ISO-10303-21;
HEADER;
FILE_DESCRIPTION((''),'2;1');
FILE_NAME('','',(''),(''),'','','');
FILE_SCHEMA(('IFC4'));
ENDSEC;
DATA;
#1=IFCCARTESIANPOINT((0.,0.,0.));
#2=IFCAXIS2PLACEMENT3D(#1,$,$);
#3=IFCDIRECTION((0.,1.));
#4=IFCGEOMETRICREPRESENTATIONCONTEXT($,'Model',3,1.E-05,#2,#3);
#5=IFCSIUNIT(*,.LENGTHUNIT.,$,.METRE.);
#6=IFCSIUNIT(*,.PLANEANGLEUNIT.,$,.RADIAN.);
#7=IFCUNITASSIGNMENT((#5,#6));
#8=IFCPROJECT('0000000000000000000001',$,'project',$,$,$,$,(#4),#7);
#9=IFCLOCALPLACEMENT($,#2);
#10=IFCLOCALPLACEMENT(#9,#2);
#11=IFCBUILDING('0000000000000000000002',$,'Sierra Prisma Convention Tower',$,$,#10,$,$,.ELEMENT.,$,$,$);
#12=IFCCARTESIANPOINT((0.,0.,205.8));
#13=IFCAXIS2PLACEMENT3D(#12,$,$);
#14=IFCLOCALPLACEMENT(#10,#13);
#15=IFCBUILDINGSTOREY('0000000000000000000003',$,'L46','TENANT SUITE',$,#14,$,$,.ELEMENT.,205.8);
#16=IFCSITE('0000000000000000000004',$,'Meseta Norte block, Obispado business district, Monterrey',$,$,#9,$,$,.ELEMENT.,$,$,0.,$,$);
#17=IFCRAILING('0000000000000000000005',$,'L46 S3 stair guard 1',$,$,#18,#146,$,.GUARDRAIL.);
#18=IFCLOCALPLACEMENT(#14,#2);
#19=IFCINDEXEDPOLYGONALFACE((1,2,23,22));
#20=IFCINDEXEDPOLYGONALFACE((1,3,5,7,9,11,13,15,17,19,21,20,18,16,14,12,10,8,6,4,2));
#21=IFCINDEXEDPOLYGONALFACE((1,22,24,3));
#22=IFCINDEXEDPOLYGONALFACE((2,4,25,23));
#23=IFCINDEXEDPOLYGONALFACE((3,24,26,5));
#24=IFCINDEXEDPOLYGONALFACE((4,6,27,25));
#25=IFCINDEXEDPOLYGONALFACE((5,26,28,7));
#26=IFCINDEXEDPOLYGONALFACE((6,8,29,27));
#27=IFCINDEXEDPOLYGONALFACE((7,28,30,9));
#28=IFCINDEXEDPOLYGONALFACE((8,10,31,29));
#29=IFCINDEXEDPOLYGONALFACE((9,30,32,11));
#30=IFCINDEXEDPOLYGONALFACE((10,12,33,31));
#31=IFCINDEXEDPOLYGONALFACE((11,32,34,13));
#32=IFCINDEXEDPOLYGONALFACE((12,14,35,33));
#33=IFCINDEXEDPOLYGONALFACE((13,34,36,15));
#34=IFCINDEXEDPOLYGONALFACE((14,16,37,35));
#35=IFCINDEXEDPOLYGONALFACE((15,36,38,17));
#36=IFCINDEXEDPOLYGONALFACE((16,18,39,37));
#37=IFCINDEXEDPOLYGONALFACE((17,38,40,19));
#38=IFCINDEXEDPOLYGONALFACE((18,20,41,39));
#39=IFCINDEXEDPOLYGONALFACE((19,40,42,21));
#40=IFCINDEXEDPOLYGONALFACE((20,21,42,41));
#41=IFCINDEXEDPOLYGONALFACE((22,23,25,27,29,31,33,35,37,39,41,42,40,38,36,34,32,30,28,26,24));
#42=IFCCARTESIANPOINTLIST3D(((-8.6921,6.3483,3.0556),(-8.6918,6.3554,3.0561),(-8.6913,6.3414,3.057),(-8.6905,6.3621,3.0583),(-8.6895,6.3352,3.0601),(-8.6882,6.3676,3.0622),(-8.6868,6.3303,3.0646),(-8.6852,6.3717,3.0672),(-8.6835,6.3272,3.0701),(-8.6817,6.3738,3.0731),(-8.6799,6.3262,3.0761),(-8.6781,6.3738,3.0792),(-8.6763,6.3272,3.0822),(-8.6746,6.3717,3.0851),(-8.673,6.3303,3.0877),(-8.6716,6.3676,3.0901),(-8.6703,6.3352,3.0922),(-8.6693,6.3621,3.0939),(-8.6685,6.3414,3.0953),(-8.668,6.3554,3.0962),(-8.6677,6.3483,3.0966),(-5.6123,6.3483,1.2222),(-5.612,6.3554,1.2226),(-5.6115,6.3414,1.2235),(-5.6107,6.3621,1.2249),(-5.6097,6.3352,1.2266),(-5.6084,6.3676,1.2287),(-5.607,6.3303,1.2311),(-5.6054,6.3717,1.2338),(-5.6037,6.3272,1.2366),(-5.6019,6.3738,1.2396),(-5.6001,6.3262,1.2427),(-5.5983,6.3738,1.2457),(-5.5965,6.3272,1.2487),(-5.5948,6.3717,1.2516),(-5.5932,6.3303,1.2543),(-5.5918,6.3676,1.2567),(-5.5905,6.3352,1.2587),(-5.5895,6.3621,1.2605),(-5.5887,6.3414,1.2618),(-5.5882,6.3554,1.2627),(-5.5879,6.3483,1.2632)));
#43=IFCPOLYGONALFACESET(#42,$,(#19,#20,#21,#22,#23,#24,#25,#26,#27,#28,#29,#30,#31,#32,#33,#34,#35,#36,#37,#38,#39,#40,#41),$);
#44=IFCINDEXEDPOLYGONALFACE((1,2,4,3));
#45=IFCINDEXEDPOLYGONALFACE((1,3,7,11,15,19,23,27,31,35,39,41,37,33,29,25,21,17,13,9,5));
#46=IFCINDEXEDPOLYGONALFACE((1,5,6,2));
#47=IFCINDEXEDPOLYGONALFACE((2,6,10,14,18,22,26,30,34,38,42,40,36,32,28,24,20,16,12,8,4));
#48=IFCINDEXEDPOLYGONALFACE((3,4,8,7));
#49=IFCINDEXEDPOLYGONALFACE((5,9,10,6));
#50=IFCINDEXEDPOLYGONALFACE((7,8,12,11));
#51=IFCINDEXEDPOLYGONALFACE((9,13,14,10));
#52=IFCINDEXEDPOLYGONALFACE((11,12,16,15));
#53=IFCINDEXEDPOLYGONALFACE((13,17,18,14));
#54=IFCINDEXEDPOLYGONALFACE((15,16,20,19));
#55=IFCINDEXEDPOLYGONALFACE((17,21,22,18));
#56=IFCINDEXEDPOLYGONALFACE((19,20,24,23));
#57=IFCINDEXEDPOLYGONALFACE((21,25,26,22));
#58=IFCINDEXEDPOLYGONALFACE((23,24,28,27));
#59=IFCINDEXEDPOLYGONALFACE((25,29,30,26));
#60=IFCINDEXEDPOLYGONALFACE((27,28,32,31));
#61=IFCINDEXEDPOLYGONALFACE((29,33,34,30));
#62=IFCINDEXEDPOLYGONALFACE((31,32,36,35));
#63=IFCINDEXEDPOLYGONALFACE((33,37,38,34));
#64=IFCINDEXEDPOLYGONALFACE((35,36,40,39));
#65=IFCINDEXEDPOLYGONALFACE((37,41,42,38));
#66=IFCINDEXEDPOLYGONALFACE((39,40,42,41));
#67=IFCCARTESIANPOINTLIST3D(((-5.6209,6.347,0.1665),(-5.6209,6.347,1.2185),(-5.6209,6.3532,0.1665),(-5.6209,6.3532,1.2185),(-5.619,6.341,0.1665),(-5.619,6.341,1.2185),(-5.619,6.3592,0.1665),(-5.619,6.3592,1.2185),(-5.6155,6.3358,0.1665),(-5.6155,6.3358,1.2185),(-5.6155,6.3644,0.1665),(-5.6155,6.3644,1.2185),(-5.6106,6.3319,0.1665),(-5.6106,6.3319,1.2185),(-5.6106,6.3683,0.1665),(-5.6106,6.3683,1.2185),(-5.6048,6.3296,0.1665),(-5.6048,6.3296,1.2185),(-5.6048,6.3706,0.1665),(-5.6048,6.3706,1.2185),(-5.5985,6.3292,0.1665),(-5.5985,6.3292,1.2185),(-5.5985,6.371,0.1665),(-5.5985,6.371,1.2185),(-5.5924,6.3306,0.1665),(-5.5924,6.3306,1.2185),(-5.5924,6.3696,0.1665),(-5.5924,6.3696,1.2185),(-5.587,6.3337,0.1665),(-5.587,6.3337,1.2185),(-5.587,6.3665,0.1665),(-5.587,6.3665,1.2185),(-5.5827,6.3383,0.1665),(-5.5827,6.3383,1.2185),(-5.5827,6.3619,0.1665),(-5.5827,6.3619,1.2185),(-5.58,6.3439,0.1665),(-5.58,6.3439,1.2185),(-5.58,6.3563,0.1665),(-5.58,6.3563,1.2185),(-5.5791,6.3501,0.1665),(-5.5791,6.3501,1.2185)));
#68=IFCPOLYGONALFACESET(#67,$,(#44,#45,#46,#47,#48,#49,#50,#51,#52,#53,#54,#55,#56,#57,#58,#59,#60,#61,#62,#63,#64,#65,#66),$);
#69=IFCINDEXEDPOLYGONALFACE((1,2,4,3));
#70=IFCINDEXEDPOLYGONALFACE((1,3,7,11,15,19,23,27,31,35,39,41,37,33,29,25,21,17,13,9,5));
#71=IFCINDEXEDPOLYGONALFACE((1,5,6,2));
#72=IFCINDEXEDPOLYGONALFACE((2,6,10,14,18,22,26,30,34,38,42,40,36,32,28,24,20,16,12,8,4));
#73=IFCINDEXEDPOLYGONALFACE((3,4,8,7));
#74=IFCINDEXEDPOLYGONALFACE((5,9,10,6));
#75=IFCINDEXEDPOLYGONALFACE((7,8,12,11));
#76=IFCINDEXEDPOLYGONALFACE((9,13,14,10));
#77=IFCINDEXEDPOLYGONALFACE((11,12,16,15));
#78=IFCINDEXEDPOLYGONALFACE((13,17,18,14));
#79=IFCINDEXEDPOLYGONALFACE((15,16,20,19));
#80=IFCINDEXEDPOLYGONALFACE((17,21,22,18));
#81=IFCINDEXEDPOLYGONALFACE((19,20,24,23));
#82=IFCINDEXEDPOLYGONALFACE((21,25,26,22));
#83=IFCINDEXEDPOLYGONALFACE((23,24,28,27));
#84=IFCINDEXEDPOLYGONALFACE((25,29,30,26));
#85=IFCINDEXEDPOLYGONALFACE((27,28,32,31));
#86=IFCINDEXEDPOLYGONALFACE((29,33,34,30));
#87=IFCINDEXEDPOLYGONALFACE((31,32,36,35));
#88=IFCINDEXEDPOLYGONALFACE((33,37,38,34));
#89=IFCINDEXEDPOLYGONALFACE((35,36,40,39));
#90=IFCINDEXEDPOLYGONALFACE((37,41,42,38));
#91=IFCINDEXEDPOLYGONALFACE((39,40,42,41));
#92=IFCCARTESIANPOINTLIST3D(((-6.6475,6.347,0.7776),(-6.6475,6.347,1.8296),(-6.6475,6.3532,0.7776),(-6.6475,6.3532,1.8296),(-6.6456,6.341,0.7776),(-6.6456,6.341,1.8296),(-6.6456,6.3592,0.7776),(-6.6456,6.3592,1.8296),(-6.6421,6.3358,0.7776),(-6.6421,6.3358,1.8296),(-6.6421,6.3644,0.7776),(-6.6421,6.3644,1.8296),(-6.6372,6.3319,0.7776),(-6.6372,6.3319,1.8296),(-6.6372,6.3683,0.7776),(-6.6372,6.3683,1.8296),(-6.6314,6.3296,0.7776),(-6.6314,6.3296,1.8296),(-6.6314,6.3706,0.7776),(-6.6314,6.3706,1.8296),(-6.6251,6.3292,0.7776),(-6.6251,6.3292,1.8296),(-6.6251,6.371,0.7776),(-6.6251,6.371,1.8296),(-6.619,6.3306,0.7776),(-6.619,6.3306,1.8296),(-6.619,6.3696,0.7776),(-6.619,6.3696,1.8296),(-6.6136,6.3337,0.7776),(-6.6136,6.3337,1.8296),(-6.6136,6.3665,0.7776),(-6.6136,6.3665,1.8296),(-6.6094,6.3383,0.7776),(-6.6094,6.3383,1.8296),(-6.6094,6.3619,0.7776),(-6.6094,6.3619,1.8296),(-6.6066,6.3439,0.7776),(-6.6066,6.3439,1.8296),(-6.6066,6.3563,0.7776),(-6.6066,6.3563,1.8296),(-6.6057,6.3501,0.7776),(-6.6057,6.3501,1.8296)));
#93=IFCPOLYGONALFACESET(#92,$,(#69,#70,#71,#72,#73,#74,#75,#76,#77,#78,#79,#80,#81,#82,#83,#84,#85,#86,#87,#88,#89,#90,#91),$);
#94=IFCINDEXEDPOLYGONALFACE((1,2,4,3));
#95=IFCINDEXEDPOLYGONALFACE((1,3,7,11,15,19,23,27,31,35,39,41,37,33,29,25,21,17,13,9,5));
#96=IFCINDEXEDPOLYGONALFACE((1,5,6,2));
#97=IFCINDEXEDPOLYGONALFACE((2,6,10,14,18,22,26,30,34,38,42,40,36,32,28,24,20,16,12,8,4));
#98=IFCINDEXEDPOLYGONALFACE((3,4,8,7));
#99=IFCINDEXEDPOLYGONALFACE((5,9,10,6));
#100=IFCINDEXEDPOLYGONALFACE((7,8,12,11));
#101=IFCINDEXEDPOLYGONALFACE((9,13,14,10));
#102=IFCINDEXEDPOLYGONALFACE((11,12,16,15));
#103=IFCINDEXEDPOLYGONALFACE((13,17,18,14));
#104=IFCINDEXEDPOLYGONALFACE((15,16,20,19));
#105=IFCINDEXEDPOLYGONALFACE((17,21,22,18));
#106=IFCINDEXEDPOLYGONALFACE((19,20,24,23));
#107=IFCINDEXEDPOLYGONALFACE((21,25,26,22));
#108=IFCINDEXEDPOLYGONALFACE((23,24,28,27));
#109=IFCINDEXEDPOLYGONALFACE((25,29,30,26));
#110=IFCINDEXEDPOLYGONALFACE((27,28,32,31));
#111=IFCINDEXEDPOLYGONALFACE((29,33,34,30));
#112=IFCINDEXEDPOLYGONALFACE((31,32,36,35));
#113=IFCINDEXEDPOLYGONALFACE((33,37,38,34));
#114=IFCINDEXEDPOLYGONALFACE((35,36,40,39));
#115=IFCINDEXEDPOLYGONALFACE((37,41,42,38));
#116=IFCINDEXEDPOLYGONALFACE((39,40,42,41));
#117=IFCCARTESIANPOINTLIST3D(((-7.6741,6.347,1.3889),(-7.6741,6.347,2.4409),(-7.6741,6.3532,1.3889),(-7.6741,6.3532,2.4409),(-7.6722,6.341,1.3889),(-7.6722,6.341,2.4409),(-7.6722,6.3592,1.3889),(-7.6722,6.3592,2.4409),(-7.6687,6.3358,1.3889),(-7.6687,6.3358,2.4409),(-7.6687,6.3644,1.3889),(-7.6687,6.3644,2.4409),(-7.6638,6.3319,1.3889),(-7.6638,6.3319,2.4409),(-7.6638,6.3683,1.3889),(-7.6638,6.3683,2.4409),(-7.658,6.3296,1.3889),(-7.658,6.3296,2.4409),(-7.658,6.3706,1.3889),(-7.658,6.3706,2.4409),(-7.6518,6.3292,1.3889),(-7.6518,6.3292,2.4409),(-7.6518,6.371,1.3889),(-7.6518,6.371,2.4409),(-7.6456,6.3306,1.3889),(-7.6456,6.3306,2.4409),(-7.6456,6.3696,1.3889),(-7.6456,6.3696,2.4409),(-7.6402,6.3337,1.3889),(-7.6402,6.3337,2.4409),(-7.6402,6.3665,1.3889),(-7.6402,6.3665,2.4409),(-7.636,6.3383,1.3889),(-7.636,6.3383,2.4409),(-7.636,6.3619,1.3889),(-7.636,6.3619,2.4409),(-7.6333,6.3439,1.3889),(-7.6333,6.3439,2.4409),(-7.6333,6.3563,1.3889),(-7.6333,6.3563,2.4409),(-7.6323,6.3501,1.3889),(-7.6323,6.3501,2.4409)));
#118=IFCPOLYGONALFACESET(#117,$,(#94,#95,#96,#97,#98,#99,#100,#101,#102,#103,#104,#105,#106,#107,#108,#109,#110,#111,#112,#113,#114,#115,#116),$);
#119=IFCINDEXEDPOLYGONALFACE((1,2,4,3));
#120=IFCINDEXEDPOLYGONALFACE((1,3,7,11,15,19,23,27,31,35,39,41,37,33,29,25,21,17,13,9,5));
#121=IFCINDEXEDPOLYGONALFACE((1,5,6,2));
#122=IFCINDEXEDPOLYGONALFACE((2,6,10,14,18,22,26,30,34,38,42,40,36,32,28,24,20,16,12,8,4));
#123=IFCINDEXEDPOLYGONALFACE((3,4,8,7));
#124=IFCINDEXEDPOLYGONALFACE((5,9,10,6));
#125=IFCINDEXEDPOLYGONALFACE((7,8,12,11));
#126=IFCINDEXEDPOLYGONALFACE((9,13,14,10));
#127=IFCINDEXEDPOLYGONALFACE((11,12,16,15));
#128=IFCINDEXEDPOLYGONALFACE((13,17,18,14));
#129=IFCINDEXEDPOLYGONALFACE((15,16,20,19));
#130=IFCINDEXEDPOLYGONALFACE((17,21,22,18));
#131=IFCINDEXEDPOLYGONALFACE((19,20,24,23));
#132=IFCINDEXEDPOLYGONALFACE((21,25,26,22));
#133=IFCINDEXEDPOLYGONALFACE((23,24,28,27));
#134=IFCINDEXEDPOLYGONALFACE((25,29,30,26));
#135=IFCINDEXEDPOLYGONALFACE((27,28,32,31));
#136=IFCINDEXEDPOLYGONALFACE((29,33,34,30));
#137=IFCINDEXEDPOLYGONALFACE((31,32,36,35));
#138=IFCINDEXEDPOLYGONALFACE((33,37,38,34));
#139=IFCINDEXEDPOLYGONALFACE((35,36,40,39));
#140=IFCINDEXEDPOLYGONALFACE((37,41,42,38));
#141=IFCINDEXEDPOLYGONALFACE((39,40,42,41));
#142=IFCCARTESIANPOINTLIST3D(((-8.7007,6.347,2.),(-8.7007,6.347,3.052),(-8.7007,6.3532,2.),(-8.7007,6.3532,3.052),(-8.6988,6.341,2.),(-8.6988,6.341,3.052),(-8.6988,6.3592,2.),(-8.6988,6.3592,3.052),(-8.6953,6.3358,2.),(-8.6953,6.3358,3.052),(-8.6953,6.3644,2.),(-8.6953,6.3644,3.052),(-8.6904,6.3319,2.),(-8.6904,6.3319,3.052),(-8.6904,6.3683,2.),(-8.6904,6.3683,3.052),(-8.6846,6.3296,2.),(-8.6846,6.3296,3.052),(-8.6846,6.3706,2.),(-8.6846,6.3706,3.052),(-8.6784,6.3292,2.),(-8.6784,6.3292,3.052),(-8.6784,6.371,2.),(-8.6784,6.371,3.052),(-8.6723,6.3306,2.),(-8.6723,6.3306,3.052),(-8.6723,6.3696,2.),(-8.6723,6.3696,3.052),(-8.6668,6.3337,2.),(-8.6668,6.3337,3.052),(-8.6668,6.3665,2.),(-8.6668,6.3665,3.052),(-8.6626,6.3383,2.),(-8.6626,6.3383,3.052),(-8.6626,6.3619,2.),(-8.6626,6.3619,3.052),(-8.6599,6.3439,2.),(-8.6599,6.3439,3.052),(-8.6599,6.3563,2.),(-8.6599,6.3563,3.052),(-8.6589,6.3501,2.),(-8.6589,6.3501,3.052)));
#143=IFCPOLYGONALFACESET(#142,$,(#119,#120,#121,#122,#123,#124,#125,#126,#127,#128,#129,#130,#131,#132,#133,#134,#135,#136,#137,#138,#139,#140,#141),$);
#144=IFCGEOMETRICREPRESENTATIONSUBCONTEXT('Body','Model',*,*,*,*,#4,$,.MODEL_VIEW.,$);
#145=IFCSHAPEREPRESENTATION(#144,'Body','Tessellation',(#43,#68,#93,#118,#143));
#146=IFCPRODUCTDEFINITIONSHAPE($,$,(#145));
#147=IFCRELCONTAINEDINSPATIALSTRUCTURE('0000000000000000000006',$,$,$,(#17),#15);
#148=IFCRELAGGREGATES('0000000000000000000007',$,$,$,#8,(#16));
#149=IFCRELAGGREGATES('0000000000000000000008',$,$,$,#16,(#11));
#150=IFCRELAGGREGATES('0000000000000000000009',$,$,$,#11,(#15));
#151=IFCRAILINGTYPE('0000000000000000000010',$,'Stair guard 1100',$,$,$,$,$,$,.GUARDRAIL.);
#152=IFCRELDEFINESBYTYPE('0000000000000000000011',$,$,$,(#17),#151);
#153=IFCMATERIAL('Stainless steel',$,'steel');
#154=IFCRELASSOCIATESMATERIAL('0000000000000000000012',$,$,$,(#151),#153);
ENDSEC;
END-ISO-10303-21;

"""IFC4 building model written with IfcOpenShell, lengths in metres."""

from ifc_helpers import new_model, si_unit, direction, frame, origin, origin_2d, place, context, subcontext, project, spatial, circle, extrude, material, type_object, element, save


model = new_model("IFC4")

# Units and contexts
model_context = context("Model", 3, precision=1e-05, world=origin(), true_north=direction((0.0, 1.0)))
body_context = subcontext(model_context, "Body", "Model", "MODEL_VIEW")
ifc_project = project(units=[si_unit("LENGTHUNIT", "METRE"), si_unit("PLANEANGLEUNIT", "RADIAN")], contexts=[model_context])

# Site, building, storey
site_placement = place(None, origin())
site = spatial("IfcSite", under=ifc_project, at=site_placement, Name="Meseta Norte block, Obispado business district, Monterrey", CompositionType="ELEMENT", RefElevation=0.0)
building_placement = place(site_placement, origin())
building = spatial("IfcBuilding", under=site, at=building_placement, Name="Sierra Prisma Convention Tower", CompositionType="ELEMENT")
storey_placement = place(building_placement, frame((0.0, 0.0, 205.8)))
storey = spatial("IfcBuildingStorey", under=building, at=storey_placement, Name="L46", Description="TENANT SUITE", CompositionType="ELEMENT", Elevation=205.8)

# Railing
ifc_material_1 = material(Name="Stainless steel", Category="steel")
railing_type_1 = type_object("IfcRailingType", Name="Stair guard 1100", PredefinedType="GUARDRAIL", material=ifc_material_1)
railing_1_placement = place(storey_placement, frame((-5.6001, 6.3501, 0.1665)))
element("IfcRailing", 1, at=railing_1_placement, inside=storey, type_object=railing_type_1, Name="L46 S3 stair guard 1", PredefinedType="GUARDRAIL", context=body_context, shape_type="SweptSolid", body=[
    extrude(circle(Radius=0.0239, at=origin_2d()), frame((0.0, 0.0, 1.0762), z_axis=(-0.859261, 0.0, 0.511538), x_axis=(0.0, -1.0, 0.0)), (0.0, 0.0, 1.0), 3.5842),
    extrude(circle(Radius=0.021, at=origin_2d()), origin(), (0.0, 0.0, 1.0), 1.052),
    extrude(circle(Radius=0.021, at=origin_2d()), frame((-1.0266, 0.0, 0.6111)), (0.0, 0.0, 1.0), 1.052),
    extrude(circle(Radius=0.021, at=origin_2d()), frame((-2.0532, 0.0, 1.2224)), (0.0, 0.0, 1.0), 1.052),
    extrude(circle(Radius=0.021, at=origin_2d()), frame((-3.0798, 0.0, 1.8335)), (0.0, 0.0, 1.0), 1.052),
])

save(model, "model.ifc")
